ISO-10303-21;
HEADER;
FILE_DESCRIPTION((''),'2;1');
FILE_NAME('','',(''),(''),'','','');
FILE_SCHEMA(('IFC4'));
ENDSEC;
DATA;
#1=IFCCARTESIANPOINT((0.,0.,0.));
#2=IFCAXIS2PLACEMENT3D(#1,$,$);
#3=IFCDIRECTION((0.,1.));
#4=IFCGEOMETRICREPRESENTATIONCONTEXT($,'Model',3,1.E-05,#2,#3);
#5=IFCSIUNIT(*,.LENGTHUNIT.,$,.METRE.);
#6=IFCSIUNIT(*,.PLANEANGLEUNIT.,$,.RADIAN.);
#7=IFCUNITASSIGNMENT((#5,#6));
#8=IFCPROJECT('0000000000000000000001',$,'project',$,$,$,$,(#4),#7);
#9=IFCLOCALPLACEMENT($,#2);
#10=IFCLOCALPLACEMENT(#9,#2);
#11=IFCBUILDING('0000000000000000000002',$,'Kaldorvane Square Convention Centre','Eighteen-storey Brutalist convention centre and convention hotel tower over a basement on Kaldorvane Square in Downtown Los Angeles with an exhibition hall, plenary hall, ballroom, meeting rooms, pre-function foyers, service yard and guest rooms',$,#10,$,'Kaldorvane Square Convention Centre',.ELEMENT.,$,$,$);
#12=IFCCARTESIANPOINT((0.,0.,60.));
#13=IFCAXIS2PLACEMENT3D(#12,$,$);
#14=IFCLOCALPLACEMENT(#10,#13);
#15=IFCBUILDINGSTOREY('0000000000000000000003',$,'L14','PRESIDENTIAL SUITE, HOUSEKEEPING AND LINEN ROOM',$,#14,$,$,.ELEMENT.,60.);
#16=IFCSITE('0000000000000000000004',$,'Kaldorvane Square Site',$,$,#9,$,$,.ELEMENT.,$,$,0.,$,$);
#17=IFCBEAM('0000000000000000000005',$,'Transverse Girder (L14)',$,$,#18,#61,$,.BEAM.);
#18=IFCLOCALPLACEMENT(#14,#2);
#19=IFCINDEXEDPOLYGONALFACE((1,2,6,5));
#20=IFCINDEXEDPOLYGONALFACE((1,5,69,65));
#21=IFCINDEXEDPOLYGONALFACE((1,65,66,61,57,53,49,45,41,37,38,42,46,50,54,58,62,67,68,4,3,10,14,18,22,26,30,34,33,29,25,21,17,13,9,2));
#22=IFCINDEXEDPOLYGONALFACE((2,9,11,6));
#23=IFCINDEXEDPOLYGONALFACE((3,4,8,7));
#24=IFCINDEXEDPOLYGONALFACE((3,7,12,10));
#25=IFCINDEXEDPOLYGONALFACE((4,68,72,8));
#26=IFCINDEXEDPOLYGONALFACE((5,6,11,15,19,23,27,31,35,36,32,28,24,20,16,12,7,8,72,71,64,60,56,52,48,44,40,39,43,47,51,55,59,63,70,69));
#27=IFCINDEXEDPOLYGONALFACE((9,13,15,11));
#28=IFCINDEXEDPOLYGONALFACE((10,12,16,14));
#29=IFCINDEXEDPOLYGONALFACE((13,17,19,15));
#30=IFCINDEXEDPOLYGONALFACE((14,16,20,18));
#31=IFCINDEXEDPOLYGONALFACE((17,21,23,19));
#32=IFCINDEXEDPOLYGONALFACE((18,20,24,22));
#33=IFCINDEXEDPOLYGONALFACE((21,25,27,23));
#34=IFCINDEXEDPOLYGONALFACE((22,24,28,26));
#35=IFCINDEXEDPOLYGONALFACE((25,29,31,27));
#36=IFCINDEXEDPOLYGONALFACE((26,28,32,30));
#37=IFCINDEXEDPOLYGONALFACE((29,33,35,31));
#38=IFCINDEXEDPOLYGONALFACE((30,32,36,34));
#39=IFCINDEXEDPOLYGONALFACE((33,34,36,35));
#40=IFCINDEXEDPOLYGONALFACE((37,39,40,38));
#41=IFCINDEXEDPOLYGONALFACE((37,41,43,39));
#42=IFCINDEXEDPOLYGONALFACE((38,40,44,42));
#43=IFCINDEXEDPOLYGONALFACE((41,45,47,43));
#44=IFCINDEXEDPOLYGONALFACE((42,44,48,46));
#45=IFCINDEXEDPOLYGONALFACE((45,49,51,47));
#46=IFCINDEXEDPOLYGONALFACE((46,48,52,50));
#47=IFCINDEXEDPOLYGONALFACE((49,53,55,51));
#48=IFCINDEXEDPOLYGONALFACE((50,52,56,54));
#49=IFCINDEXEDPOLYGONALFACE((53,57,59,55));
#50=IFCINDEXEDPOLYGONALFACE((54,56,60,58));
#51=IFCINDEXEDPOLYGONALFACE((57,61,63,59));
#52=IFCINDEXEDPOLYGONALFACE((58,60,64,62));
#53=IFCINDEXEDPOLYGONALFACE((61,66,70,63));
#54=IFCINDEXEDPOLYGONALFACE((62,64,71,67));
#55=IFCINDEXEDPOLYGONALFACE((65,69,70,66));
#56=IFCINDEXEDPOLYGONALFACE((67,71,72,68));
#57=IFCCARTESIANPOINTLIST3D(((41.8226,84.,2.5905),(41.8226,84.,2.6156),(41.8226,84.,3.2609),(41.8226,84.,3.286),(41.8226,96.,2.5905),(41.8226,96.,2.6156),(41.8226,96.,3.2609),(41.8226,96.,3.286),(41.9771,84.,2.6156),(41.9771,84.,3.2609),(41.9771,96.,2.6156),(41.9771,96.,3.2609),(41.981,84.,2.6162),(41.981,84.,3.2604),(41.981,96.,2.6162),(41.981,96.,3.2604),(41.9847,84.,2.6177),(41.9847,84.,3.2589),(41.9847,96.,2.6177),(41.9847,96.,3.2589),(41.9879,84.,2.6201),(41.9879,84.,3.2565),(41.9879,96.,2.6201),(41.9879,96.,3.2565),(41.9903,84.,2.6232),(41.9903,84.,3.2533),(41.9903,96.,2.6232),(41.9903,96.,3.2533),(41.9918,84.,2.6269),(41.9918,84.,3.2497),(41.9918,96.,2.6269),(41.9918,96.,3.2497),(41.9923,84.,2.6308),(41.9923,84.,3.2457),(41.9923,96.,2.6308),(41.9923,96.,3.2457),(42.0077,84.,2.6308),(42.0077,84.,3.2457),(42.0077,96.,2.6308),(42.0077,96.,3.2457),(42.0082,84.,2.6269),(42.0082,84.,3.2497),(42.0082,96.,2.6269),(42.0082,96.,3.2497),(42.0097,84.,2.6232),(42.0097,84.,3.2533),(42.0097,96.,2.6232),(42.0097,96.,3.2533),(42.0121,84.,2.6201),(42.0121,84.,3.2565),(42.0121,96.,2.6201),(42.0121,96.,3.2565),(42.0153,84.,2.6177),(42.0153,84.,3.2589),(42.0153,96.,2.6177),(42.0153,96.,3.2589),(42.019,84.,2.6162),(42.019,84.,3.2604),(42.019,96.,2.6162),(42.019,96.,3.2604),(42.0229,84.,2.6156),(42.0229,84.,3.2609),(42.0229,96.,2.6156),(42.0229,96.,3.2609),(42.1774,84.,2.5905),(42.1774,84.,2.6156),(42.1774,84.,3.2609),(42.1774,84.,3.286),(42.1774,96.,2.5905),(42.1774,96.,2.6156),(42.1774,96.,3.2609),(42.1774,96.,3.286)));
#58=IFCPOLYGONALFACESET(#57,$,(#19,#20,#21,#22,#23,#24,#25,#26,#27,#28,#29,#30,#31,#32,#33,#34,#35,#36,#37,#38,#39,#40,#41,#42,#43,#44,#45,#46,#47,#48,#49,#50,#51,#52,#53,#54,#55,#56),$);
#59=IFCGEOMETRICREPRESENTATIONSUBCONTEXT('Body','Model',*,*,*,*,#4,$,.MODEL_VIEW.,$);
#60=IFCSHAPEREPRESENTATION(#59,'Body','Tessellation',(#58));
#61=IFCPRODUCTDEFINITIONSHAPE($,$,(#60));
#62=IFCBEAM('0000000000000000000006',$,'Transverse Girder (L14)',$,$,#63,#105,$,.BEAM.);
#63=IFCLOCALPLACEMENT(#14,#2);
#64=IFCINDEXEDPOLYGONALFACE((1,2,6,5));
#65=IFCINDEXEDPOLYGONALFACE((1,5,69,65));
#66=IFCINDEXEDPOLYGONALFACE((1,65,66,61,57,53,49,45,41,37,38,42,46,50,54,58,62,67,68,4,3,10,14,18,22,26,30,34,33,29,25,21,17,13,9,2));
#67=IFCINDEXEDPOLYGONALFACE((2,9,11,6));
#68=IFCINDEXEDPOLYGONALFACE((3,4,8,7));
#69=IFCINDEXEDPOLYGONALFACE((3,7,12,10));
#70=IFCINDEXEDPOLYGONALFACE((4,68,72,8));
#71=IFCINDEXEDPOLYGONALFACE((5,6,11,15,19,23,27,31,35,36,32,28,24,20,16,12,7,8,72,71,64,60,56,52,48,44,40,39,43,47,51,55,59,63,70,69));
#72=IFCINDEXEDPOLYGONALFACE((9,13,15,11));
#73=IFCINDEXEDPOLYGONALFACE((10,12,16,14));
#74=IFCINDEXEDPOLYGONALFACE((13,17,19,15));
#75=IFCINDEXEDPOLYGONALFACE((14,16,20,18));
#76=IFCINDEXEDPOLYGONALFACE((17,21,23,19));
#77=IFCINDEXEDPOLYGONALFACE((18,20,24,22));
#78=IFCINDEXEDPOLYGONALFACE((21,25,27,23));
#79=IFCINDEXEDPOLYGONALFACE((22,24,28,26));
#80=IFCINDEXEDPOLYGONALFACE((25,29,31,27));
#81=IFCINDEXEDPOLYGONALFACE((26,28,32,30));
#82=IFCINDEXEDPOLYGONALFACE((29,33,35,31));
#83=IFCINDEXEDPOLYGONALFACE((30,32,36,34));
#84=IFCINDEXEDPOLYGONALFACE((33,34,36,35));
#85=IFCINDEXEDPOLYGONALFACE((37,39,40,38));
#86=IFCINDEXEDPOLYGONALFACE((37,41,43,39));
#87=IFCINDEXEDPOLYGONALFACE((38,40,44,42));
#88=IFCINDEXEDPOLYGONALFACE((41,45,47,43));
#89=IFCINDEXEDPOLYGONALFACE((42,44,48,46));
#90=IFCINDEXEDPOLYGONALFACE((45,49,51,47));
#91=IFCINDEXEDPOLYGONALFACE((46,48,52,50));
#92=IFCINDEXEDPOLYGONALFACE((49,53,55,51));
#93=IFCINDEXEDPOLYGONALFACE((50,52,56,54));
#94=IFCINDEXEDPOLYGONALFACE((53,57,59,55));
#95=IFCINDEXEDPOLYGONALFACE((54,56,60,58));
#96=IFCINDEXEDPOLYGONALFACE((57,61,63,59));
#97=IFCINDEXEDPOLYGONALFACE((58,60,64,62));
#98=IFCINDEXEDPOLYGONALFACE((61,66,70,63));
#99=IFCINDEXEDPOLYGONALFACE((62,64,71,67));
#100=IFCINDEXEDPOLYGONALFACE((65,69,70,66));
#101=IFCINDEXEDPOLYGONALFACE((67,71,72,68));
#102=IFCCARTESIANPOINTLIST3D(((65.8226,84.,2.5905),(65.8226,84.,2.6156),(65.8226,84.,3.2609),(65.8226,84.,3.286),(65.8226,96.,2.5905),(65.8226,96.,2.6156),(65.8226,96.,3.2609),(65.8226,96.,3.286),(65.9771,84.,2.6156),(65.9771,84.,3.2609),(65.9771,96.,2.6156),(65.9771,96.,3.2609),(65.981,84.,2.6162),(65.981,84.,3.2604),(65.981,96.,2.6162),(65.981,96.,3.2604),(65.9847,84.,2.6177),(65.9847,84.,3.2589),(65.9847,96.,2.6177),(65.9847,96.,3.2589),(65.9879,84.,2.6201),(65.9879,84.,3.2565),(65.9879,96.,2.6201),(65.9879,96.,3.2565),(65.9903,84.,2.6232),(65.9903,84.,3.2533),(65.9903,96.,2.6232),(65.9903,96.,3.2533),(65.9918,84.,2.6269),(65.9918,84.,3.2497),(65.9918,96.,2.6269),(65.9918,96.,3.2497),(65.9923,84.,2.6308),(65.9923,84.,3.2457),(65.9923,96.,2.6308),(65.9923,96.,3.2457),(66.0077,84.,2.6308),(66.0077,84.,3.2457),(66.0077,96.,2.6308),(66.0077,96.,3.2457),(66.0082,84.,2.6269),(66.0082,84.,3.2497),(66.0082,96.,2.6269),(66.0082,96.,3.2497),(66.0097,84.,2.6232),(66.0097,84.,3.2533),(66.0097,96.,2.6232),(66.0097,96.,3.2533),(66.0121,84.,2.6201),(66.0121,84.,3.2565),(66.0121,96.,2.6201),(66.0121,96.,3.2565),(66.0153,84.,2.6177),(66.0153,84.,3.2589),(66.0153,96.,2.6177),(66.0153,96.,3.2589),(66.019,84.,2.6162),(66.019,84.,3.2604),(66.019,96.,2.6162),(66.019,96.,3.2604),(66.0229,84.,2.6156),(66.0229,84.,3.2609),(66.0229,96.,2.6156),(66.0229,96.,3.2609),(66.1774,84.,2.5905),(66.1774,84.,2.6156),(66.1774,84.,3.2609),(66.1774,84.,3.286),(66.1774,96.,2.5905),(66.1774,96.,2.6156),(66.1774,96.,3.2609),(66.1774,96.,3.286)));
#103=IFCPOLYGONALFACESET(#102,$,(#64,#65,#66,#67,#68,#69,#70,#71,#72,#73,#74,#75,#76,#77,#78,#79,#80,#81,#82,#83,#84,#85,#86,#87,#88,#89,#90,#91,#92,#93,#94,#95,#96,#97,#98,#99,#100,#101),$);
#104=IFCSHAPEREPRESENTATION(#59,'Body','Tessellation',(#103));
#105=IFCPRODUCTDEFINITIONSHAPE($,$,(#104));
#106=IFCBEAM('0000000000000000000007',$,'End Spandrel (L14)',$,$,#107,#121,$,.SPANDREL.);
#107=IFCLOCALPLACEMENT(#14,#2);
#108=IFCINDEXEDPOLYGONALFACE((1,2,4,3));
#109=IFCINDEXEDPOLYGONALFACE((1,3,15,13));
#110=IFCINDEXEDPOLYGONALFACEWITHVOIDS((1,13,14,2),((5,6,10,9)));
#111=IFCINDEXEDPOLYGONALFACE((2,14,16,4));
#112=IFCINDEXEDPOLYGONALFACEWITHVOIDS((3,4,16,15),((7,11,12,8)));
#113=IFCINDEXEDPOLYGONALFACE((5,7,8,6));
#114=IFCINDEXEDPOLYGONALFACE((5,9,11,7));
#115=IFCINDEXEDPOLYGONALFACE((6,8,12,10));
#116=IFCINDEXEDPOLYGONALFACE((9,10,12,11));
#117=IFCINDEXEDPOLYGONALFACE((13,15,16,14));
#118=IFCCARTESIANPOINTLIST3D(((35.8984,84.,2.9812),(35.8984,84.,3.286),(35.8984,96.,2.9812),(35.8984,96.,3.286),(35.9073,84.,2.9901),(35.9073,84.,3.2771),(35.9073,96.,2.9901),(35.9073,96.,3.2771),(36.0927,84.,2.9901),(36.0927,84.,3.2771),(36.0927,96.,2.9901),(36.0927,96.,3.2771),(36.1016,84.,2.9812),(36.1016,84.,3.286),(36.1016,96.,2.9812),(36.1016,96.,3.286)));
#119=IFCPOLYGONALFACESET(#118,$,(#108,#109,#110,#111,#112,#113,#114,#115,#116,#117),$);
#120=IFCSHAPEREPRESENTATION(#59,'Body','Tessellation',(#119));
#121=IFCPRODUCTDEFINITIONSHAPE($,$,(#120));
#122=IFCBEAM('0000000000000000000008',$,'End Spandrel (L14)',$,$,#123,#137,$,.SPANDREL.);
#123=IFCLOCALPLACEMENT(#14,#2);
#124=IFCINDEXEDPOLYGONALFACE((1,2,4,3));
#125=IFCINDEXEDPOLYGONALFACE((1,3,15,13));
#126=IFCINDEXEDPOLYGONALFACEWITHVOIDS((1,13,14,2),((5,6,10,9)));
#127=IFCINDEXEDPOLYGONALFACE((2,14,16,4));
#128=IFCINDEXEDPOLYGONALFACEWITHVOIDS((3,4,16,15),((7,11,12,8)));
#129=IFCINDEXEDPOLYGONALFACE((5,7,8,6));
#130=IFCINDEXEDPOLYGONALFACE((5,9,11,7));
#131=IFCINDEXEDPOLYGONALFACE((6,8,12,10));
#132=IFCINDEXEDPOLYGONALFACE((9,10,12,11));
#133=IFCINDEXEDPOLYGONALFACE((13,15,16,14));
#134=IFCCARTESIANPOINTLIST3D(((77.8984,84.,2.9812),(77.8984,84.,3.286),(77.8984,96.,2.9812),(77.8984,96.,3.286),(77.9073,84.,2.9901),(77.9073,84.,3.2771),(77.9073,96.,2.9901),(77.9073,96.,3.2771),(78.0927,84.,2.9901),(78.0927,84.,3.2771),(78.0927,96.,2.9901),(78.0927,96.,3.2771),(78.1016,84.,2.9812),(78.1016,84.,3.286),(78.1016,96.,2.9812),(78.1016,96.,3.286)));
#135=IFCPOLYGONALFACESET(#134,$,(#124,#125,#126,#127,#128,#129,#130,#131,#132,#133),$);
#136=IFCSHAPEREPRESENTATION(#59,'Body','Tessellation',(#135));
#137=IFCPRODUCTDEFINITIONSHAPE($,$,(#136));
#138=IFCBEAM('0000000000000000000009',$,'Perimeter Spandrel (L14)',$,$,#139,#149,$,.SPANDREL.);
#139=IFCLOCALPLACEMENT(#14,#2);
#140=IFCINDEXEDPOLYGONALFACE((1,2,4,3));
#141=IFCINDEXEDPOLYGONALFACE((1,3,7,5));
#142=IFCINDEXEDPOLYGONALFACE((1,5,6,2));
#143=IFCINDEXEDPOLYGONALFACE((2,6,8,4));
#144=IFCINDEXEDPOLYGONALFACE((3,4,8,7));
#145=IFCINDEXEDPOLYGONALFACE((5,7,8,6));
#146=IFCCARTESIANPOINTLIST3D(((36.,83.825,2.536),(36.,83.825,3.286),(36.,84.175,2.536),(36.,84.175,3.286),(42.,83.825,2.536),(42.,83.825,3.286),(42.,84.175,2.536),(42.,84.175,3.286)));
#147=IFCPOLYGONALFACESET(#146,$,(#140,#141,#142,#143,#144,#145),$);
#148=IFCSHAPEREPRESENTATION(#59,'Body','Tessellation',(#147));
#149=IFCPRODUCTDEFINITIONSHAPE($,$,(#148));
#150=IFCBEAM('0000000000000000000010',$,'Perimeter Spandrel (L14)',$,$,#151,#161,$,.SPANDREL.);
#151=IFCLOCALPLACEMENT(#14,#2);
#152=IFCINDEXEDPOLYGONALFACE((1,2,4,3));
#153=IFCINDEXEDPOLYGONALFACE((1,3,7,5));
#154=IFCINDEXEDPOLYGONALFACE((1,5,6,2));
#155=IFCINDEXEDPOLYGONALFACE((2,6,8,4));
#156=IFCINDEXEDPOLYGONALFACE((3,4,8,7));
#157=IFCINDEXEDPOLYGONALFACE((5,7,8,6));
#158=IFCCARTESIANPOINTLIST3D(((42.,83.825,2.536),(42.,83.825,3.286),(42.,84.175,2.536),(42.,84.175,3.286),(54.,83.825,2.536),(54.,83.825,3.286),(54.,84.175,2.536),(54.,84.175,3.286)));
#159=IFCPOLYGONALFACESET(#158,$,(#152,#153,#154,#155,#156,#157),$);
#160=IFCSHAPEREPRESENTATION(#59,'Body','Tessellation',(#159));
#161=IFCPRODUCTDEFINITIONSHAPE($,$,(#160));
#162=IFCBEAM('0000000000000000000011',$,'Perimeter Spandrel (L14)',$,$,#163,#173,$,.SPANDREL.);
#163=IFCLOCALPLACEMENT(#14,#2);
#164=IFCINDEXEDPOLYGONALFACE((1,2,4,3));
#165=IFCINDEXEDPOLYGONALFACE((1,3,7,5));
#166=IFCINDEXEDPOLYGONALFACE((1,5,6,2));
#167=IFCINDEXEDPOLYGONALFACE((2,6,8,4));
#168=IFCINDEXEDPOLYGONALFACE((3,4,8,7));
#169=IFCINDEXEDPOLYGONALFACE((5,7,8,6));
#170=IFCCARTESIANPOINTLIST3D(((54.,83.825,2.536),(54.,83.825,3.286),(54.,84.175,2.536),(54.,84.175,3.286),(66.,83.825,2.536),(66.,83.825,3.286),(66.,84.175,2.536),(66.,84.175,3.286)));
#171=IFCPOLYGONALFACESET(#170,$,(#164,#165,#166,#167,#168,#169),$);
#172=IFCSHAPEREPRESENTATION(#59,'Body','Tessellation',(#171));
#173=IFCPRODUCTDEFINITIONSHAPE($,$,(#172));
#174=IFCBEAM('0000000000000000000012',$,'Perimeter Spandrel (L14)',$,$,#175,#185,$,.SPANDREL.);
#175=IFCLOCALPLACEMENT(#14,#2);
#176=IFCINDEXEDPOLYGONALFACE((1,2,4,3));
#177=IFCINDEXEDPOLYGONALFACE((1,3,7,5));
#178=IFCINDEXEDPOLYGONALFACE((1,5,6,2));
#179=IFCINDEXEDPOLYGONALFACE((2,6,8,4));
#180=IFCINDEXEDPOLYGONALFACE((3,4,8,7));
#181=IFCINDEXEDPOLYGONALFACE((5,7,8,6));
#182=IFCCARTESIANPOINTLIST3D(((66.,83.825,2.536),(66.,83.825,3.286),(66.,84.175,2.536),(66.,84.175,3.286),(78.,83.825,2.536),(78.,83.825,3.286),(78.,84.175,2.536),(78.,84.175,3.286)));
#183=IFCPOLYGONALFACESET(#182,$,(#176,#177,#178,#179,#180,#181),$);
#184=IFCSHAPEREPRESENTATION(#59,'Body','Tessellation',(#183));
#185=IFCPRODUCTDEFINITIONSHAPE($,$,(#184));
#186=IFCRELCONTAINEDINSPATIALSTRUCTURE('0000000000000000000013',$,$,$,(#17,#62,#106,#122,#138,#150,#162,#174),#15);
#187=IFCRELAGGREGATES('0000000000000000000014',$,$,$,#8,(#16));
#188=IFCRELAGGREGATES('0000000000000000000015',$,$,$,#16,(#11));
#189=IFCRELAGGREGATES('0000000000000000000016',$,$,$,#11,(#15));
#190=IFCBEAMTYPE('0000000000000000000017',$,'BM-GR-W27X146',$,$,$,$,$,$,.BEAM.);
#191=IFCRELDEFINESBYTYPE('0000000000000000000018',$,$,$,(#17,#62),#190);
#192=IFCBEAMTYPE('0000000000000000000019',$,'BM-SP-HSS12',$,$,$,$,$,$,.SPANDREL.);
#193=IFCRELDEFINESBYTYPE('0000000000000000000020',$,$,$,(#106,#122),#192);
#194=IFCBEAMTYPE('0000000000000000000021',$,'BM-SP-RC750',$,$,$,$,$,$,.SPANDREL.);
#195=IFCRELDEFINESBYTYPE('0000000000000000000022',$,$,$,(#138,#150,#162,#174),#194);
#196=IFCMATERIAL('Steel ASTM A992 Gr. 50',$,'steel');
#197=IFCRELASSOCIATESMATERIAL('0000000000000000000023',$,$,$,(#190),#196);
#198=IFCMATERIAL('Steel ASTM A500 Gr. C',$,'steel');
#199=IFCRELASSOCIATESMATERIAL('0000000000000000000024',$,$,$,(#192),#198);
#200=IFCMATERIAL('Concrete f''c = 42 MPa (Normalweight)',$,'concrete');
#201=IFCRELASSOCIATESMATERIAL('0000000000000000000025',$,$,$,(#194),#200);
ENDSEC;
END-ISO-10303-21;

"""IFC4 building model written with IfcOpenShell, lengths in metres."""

from ifc_helpers import new_model, si_unit, direction, frame, origin, origin_2d, place, context, subcontext, project, spatial, rectangle, hollow_rectangle, i_section, extrude, material, material_profile, profile_set, type_object, element, save


model = new_model("IFC4")

# Units and contexts
model_context = context("Model", 3, precision=1e-05, world=origin(), true_north=direction((0.0, 1.0)))
body_context = subcontext(model_context, "Body", "Model", "MODEL_VIEW")
ifc_project = project(units=[si_unit("LENGTHUNIT", "METRE"), si_unit("PLANEANGLEUNIT", "RADIAN")], contexts=[model_context])

# Site, building, storey
site_placement = place(None, origin())
site = spatial("IfcSite", under=ifc_project, at=site_placement, Name="Kaldorvane Square Site", CompositionType="ELEMENT", RefElevation=0.0)
building_placement = place(site_placement, origin())
building = spatial("IfcBuilding", under=site, at=building_placement, Name="Kaldorvane Square Convention Centre", Description="Eighteen-storey Brutalist convention centre and convention hotel tower over a basement on Kaldorvane Square in Downtown Los Angeles with an exhibition hall, plenary hall, ballroom, meeting rooms, pre-function foyers, service yard and guest rooms", LongName="Kaldorvane Square Convention Centre", CompositionType="ELEMENT")
storey_placement = place(building_placement, frame((0.0, 0.0, 60.0)))
storey = spatial("IfcBuildingStorey", under=building, at=storey_placement, Name="L14", Description="PRESIDENTIAL SUITE, HOUSEKEEPING AND LINEN ROOM", CompositionType="ELEMENT", Elevation=60.0)

# Beams
ifc_material_1 = material(Name="Steel ASTM A992 Gr. 50", Category="steel")
ifc_material_profile_1 = material_profile(ifc_material_1, i_section(OverallWidth=0.3547, OverallDepth=0.6955, WebThickness=0.0154, FlangeThickness=0.0251, FilletRadius=0.0152, at=origin_2d()), Name="W27X146")
ifc_profile_set_1 = profile_set([ifc_material_profile_1], Name="Steel ASTM A992 Gr. 50")
beam_type_1 = type_object("IfcBeamType", Name="BM-GR-W27X146", PredefinedType="BEAM", material=ifc_profile_set_1)
for number, where, z_axis, x_axis, name in (
    (1, (42.0, 84.0, 2.9383), (0.0, 1.0, 0.0), (-1.0, 0.0, 0.0), "Transverse Girder (L14)"),
    (2, (66.0, 84.0, 2.9383), (0.0, 1.0, 0.0), (-1.0, 0.0, 0.0), "Transverse Girder (L14)"),
):
    element("IfcBeam", number, at=place(storey_placement, frame(where, z_axis=z_axis, x_axis=x_axis)), inside=storey, type_object=beam_type_1, Name=name, PredefinedType="BEAM", context=body_context, shape_type="SweptSolid", body=[
        extrude(i_section(OverallWidth=0.3547, OverallDepth=0.6955, WebThickness=0.0154, FlangeThickness=0.0251, FilletRadius=0.0152, at=origin_2d()), origin(), (0.0, 0.0, 1.0), 12.0),
    ])
ifc_material_2 = material(Name="Steel ASTM A500 Gr. C", Category="steel")
ifc_material_profile_2 = material_profile(ifc_material_2, hollow_rectangle(XDim=0.2032, YDim=0.3048, WallThickness=0.0089, at=origin_2d()), Name="HSS12X8X3/8")
ifc_profile_set_2 = profile_set([ifc_material_profile_2], Name="Steel ASTM A500 Gr. C")
beam_type_2 = type_object("IfcBeamType", Name="BM-SP-HSS12", PredefinedType="SPANDREL", material=ifc_profile_set_2)
for number, where, z_axis, x_axis, name in (
    (3, (36.0, 84.0, 3.1336), (0.0, 1.0, 0.0), (-1.0, 0.0, 0.0), "End Spandrel (L14)"),
    (4, (78.0, 84.0, 3.1336), (0.0, 1.0, 0.0), (-1.0, 0.0, 0.0), "End Spandrel (L14)"),
):
    element("IfcBeam", number, at=place(storey_placement, frame(where, z_axis=z_axis, x_axis=x_axis)), inside=storey, type_object=beam_type_2, Name=name, PredefinedType="SPANDREL", context=body_context, shape_type="SweptSolid", body=[
        extrude(hollow_rectangle(XDim=0.2032, YDim=0.3048, WallThickness=0.0089, at=origin_2d()), origin(), (0.0, 0.0, 1.0), 12.0),
    ])
ifc_material_3 = material(Name="Concrete f'c = 42 MPa (Normalweight)", Category="concrete")
ifc_material_profile_3 = material_profile(ifc_material_3, rectangle(XDim=0.35, YDim=0.75, at=origin_2d()), Name="RCSP750X350")
ifc_profile_set_3 = profile_set([ifc_material_profile_3], Name="Concrete f'c = 42 MPa (Normalweight)")
beam_type_3 = type_object("IfcBeamType", Name="BM-SP-RC750", PredefinedType="SPANDREL", material=ifc_profile_set_3)
beam_placement = place(storey_placement, frame((36.0, 84.0, 2.911), z_axis=(1.0, 0.0, 0.0), x_axis=(0.0, 1.0, 0.0)))
element("IfcBeam", 5, at=beam_placement, inside=storey, type_object=beam_type_3, Name="Perimeter Spandrel (L14)", PredefinedType="SPANDREL", context=body_context, shape_type="SweptSolid", body=[
    extrude(rectangle(XDim=0.35, YDim=0.75, at=origin_2d()), origin(), (0.0, 0.0, 1.0), 6.0),
])
for number, where, z_axis, x_axis, name in (
    (6, (42.0, 84.0, 2.911), (1.0, 0.0, 0.0), (0.0, 1.0, 0.0), "Perimeter Spandrel (L14)"),
    (7, (54.0, 84.0, 2.911), (1.0, 0.0, 0.0), (0.0, 1.0, 0.0), "Perimeter Spandrel (L14)"),
    (8, (66.0, 84.0, 2.911), (1.0, 0.0, 0.0), (0.0, 1.0, 0.0), "Perimeter Spandrel (L14)"),
):
    element("IfcBeam", number, at=place(storey_placement, frame(where, z_axis=z_axis, x_axis=x_axis)), inside=storey, type_object=beam_type_3, Name=name, PredefinedType="SPANDREL", context=body_context, shape_type="SweptSolid", body=[
        extrude(rectangle(XDim=0.35, YDim=0.75, at=origin_2d()), origin(), (0.0, 0.0, 1.0), 12.0),
    ])

save(model, "model.ifc")
